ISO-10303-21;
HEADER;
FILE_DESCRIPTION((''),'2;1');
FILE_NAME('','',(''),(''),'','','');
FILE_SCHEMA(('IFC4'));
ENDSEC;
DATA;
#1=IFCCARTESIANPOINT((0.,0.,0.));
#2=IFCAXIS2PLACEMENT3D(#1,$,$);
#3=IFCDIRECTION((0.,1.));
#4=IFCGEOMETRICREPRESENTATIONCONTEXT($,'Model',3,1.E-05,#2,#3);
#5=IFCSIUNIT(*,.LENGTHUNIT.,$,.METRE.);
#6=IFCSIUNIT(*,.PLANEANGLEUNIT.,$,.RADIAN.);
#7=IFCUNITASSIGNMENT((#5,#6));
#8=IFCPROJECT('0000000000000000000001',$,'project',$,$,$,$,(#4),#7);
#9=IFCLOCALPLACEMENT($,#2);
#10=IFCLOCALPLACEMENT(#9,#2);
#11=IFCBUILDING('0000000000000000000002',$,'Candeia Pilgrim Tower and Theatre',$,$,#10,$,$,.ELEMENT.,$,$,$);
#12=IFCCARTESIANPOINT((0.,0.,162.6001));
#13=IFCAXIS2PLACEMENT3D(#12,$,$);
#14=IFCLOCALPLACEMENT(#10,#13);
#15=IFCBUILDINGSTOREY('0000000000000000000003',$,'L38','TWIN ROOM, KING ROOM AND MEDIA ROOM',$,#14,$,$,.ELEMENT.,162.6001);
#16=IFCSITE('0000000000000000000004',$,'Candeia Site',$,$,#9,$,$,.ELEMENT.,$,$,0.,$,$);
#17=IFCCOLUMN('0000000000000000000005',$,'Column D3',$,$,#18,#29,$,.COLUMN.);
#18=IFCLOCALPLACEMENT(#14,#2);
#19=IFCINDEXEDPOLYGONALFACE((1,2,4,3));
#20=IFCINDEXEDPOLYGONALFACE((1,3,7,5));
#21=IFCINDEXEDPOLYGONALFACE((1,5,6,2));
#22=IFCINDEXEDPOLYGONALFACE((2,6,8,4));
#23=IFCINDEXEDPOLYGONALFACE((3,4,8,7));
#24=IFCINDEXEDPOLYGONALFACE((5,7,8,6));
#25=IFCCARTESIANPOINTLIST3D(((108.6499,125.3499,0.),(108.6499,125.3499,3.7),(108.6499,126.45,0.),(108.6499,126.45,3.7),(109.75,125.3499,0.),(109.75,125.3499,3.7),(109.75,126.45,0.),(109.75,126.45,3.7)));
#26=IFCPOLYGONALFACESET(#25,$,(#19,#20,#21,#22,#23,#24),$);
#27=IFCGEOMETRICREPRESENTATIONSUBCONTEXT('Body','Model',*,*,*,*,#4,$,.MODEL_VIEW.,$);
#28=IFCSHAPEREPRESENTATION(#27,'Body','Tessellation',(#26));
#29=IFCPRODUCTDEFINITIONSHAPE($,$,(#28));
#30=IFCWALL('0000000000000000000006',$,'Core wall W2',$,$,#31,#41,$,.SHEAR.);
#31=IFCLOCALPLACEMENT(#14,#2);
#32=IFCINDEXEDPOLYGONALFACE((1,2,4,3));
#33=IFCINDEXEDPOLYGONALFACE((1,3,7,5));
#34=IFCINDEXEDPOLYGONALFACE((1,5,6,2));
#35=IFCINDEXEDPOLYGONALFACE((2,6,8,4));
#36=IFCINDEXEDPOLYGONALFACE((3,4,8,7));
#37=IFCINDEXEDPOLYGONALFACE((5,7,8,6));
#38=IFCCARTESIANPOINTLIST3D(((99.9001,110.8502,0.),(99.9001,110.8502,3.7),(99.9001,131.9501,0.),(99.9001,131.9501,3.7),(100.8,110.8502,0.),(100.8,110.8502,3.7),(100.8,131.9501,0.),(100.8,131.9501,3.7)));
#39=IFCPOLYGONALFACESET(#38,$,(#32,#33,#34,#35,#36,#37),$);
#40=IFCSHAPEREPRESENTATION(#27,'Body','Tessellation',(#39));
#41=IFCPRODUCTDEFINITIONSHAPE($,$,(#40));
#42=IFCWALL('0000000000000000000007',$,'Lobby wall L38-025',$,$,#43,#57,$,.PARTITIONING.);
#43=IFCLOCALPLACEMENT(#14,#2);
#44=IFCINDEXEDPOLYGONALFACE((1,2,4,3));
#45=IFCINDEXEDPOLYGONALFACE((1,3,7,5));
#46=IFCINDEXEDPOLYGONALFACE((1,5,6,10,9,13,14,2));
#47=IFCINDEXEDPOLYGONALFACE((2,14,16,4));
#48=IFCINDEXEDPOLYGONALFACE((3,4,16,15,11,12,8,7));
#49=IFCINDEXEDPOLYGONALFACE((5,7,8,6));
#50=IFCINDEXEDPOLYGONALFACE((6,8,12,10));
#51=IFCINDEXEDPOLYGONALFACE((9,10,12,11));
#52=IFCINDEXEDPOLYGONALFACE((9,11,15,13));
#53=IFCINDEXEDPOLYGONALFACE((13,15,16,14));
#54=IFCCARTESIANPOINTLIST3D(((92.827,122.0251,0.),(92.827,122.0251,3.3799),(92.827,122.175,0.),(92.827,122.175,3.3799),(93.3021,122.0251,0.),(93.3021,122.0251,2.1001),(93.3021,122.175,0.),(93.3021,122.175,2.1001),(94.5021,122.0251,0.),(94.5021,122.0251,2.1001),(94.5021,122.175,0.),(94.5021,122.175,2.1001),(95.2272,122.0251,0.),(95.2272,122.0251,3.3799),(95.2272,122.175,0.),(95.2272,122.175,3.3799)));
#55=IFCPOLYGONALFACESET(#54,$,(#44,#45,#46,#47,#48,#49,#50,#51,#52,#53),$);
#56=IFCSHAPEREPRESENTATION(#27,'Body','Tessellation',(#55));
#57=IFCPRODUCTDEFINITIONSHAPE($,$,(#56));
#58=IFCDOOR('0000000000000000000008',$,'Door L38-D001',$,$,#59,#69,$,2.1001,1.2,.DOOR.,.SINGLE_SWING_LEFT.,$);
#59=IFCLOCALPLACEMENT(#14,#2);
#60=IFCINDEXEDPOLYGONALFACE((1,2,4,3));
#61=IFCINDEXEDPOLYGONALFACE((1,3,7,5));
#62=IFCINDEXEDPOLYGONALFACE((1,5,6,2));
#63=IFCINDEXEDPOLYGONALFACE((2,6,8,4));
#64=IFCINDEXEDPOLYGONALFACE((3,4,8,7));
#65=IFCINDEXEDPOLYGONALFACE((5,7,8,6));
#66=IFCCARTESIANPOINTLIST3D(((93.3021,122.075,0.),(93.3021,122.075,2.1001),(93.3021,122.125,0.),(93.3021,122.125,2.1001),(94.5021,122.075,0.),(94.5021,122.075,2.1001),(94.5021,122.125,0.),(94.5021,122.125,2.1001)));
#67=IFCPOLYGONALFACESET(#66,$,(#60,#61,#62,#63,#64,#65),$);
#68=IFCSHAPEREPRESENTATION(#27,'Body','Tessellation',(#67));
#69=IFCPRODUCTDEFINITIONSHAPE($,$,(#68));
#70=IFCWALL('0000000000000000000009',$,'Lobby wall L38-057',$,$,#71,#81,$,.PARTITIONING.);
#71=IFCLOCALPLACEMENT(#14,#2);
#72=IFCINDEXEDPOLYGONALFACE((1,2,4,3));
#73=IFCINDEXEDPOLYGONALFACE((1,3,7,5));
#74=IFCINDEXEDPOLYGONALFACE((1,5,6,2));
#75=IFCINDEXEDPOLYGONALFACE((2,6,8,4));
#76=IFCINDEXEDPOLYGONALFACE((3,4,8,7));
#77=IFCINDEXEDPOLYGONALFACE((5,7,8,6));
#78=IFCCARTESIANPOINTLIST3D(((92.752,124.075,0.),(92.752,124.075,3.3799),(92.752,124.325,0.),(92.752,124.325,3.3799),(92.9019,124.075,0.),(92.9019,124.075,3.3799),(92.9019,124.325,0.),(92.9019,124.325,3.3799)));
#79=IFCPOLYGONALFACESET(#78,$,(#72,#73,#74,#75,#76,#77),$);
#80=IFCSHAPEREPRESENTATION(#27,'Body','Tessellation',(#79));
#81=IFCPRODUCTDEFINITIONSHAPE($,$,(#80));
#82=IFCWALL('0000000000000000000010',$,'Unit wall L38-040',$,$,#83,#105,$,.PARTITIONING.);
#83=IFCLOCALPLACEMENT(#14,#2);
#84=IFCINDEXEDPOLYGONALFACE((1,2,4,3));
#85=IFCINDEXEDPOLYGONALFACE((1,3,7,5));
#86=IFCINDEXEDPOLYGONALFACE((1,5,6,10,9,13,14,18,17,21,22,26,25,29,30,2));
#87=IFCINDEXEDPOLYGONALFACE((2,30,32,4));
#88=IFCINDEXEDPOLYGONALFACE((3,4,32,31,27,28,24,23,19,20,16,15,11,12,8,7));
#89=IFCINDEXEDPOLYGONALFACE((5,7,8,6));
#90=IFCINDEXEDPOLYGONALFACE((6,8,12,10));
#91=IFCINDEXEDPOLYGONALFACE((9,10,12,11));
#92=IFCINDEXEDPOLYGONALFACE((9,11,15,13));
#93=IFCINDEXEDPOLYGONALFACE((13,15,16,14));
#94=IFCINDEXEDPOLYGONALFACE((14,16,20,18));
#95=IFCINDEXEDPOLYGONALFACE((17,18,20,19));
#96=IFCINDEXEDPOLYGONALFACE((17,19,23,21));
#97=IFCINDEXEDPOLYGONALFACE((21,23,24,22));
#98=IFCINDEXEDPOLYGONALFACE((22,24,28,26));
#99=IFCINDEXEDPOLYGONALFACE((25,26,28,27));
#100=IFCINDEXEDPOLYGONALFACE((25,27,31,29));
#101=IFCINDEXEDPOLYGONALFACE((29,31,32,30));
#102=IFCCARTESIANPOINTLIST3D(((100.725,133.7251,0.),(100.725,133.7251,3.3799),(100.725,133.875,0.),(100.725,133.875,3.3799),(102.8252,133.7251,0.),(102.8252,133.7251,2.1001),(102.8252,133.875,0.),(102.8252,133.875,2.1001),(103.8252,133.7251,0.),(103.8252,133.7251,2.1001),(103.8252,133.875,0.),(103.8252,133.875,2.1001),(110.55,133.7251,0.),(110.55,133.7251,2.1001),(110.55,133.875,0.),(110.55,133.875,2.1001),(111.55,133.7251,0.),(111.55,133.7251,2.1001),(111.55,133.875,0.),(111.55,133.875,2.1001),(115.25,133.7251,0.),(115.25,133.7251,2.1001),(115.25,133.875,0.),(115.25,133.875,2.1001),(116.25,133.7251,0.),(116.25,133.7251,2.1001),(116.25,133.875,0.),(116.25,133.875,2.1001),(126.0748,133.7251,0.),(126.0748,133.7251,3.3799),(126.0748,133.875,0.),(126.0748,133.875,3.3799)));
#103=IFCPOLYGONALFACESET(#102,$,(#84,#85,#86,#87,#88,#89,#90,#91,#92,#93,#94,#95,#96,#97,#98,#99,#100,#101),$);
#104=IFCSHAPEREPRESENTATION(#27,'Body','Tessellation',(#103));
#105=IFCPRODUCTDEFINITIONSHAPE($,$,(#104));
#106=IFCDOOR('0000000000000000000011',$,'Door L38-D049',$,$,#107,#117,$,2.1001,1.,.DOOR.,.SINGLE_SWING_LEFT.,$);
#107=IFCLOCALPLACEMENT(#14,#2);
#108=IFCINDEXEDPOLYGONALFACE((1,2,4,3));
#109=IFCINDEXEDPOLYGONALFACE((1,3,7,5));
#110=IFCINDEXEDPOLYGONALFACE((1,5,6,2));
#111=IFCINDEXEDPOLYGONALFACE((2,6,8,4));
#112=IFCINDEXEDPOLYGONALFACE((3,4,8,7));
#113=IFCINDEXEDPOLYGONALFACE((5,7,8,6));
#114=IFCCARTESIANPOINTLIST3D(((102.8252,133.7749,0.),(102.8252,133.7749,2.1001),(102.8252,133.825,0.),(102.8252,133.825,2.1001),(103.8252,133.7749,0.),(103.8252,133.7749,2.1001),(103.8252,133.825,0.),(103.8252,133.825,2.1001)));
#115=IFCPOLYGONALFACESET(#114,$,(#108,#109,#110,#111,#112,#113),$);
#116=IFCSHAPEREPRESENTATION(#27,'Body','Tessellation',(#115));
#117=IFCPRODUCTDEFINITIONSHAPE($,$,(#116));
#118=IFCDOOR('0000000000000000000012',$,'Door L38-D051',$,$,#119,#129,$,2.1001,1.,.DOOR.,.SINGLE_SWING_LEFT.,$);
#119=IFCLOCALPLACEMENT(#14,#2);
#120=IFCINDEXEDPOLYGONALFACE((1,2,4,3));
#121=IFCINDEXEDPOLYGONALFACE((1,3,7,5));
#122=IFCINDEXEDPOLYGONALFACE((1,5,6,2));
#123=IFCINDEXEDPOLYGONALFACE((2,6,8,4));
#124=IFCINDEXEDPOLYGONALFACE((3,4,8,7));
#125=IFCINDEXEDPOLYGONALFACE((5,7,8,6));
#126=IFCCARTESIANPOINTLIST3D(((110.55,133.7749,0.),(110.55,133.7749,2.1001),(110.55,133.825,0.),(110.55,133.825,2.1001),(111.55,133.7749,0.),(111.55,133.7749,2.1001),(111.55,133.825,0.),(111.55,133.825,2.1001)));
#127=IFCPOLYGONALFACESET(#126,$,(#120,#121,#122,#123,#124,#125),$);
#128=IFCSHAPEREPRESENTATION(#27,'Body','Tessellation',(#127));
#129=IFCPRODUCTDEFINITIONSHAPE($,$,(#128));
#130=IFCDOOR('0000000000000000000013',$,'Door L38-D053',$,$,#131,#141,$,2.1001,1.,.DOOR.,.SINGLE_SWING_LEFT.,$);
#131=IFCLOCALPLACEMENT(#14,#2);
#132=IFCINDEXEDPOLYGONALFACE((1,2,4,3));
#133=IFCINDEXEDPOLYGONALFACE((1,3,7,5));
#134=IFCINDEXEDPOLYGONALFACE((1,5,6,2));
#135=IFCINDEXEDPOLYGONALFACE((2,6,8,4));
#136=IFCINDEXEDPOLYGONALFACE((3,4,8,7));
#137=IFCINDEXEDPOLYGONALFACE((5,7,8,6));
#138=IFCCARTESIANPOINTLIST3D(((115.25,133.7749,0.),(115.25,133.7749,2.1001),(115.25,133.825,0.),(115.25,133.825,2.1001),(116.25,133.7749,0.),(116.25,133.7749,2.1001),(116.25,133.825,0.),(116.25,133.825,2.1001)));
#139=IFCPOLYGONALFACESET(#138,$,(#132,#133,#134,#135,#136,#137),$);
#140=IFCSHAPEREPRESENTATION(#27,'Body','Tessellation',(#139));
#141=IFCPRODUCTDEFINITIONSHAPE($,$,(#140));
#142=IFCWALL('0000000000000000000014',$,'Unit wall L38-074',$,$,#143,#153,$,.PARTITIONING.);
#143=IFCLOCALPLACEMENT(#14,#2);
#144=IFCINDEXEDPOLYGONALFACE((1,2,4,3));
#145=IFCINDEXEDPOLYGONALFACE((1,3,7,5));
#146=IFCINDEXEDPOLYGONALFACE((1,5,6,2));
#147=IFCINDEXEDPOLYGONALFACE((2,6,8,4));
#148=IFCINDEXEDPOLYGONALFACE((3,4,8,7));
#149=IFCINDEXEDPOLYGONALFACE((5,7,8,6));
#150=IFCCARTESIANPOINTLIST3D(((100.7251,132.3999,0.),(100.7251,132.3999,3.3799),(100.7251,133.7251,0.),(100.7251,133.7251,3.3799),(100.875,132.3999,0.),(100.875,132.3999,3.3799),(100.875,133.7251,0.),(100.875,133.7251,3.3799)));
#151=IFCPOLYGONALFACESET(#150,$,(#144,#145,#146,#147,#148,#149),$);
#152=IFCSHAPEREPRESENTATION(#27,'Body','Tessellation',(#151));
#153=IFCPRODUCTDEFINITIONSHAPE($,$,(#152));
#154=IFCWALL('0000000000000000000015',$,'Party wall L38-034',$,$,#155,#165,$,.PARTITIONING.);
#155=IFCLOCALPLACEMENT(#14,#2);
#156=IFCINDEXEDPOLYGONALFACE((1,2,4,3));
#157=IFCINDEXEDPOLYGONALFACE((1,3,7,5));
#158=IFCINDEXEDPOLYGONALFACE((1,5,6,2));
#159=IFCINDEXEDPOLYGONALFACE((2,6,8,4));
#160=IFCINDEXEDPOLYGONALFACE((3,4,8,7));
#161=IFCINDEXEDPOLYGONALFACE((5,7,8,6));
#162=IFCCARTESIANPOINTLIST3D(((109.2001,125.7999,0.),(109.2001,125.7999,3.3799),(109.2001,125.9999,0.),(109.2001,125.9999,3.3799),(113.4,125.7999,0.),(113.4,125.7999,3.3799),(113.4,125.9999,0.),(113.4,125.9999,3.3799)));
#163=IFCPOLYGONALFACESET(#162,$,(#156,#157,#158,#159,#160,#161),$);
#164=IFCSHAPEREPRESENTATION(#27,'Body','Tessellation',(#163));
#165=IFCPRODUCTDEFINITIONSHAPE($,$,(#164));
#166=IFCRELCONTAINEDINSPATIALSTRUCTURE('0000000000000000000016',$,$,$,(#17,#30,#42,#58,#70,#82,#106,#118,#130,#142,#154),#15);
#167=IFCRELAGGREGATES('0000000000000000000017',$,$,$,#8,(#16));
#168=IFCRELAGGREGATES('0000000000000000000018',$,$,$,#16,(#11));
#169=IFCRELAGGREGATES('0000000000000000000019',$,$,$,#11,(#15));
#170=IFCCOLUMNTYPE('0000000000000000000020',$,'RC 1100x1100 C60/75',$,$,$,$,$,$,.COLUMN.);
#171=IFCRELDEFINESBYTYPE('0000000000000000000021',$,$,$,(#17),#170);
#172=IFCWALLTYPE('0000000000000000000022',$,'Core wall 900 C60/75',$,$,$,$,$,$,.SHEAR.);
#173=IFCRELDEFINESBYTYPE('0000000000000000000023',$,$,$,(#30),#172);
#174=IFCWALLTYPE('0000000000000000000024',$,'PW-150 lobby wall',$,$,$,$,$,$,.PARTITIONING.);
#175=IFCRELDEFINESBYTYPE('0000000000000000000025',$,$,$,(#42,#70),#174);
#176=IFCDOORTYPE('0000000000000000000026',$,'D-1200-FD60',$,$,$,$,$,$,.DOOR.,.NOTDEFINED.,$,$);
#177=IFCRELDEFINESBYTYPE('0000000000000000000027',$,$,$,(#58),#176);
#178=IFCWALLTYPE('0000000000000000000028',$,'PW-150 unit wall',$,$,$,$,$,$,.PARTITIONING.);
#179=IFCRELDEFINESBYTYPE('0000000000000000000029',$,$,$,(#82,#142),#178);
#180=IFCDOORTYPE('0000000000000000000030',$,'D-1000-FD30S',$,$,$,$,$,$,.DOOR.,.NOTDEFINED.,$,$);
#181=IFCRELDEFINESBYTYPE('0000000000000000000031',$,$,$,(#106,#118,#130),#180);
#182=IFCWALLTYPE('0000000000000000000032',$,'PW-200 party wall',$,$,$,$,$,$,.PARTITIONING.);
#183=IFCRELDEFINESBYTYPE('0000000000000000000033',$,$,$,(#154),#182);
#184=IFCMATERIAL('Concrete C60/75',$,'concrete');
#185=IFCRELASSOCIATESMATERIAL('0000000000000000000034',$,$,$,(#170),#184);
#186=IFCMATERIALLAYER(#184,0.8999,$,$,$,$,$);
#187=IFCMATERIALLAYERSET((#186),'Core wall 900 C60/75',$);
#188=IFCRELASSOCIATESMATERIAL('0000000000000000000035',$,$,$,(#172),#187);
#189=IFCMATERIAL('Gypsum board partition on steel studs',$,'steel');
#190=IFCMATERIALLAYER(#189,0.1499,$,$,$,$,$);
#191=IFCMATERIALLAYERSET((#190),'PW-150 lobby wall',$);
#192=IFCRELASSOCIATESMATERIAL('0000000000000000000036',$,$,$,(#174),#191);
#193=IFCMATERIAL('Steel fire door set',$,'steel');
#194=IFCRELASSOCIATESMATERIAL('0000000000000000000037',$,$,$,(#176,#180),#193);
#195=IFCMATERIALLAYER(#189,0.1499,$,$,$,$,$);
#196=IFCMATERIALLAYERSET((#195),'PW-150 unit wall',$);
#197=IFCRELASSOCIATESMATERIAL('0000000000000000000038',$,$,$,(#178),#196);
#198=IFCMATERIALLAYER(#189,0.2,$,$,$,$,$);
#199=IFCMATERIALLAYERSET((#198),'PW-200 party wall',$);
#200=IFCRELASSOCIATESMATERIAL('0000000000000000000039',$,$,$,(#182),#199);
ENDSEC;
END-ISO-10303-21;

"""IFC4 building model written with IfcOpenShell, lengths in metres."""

from ifc_helpers import new_model, si_unit, direction, frame, frame_2d, origin, origin_2d, place, context, subcontext, project, spatial, rectangle, extrude, material, layer, layer_set, material_profile, profile_set, type_object, element, fill, save


model = new_model("IFC4")

# Units and contexts
model_context = context("Model", 3, precision=1e-05, world=origin(), true_north=direction((0.0, 1.0)))
body_context = subcontext(model_context, "Body", "Model", "MODEL_VIEW")
ifc_project = project(units=[si_unit("LENGTHUNIT", "METRE"), si_unit("PLANEANGLEUNIT", "RADIAN")], contexts=[model_context])

# Site, building, storey
site_placement = place(None, origin())
site = spatial("IfcSite", under=ifc_project, at=site_placement, Name="Candeia Site", CompositionType="ELEMENT", RefElevation=0.0)
building_placement = place(site_placement, origin())
building = spatial("IfcBuilding", under=site, at=building_placement, Name="Candeia Pilgrim Tower and Theatre", CompositionType="ELEMENT")
storey_placement = place(building_placement, frame((0.0, 0.0, 162.6001)))
storey = spatial("IfcBuildingStorey", under=building, at=storey_placement, Name="L38", Description="TWIN ROOM, KING ROOM AND MEDIA ROOM", CompositionType="ELEMENT", Elevation=162.6001)

# Column
ifc_material_1 = material(Name="Concrete C60/75", Category="concrete")
ifc_material_profile = material_profile(ifc_material_1, rectangle(XDim=1.1001, YDim=1.1001, at=origin_2d()))
ifc_profile_set = profile_set([ifc_material_profile], Name="Concrete C60/75")
column_type = type_object("IfcColumnType", Name="RC 1100x1100 C60/75", PredefinedType="COLUMN", material=ifc_profile_set)
column_placement = place(storey_placement, frame((109.2, 125.8999, 0.0), z_axis=(0.0, 0.0, 1.0), x_axis=(1.0, 0.0, 0.0)))
element("IfcColumn", 1, at=column_placement, inside=storey, type_object=column_type, Name="Column D3", PredefinedType="COLUMN", context=body_context, shape_type="SweptSolid", body=[
    extrude(rectangle(XDim=1.1001, YDim=1.1001, at=origin_2d()), origin(), (0.0, 0.0, 1.0), 3.7),
])

# Wall
ifc_layer_1 = layer(ifc_material_1, 0.8999)
ifc_layer_set_1 = layer_set([ifc_layer_1], Name="Core wall 900 C60/75")
wall_type_1 = type_object("IfcWallType", Name="Core wall 900 C60/75", PredefinedType="SHEAR", material=ifc_layer_set_1)
wall_1_placement = place(storey_placement, frame((100.3501, 131.95, 0.0), z_axis=(0.0, 0.0, 1.0), x_axis=(0.0, -1.0, 0.0)))
element("IfcWall", 2, at=wall_1_placement, inside=storey, type_object=wall_type_1, Name="Core wall W2", PredefinedType="SHEAR", context=body_context, shape_type="SweptSolid", body=[
    extrude(rectangle(XDim=21.0999, YDim=0.8999, at=frame_2d((10.5498, 0.0))), origin(), (0.0, 0.0, 1.0), 3.7),
])

# Wall, opening, door
ifc_material_2 = material(Name="Gypsum board partition on steel studs", Category="steel")
ifc_layer_2 = layer(ifc_material_2, 0.1499)
ifc_layer_set_2 = layer_set([ifc_layer_2], Name="PW-150 lobby wall")
wall_type_2 = type_object("IfcWallType", Name="PW-150 lobby wall", PredefinedType="PARTITIONING", material=ifc_layer_set_2)
wall_2_placement = place(storey_placement, frame((92.8269, 122.1001, 0.0), z_axis=(0.0, 0.0, 1.0), x_axis=(1.0, 0.0, 0.0)))
wall_2 = element("IfcWall", 3, at=wall_2_placement, inside=storey, type_object=wall_type_2, Name="Lobby wall L38-025", PredefinedType="PARTITIONING", context=body_context, shape_type="SweptSolid", body=[
    extrude(rectangle(XDim=2.4001, YDim=0.1499, at=frame_2d((1.2002, 0.0))), origin(), (0.0, 0.0, 1.0), 3.3799),
])
opening_1_placement = place(wall_2_placement, frame((0.4751, 0.0, 0.0)))
opening_1 = element("IfcOpeningElement", 4, at=opening_1_placement, cuts=wall_2, PredefinedType="OPENING", context=body_context, shape_type="SweptSolid", body=[
    extrude(rectangle(XDim=1.2, YDim=2.1001, at=frame_2d((0.6001, 1.05))), frame((0.0, 0.085, 0.0), z_axis=(0.0, -1.0, 0.0), x_axis=(1.0, 0.0, 0.0)), (0.0, 0.0, 1.0), 0.1699),
])
ifc_material_3 = material(Name="Steel fire door set", Category="steel")
door_type_1 = type_object("IfcDoorType", Name="D-1200-FD60", OperationType="NOTDEFINED", PredefinedType="DOOR", material=ifc_material_3)
door_1_placement = place(opening_1_placement, origin())
door_1 = element("IfcDoor", 5, at=door_1_placement, inside=storey, type_object=door_type_1, Name="Door L38-D001", OperationType="SINGLE_SWING_LEFT", OverallHeight=2.1001, OverallWidth=1.2, PredefinedType="DOOR", context=body_context, shape_type="SweptSolid", body=[
    extrude(rectangle(XDim=1.2, YDim=2.1001, at=frame_2d((0.6001, 1.05))), frame((0.0, 0.0249, 0.0), z_axis=(0.0, -1.0, 0.0), x_axis=(1.0, 0.0, 0.0)), (0.0, 0.0, 1.0), 0.05),
])
fill(opening_1, door_1)

# Wall
wall_3_placement = place(storey_placement, frame((92.8269, 124.075, 0.0), z_axis=(0.0, 0.0, 1.0), x_axis=(0.0, 1.0, 0.0)))
element("IfcWall", 6, at=wall_3_placement, inside=storey, type_object=wall_type_2, Name="Lobby wall L38-057", PredefinedType="PARTITIONING", context=body_context, shape_type="SweptSolid", body=[
    extrude(rectangle(XDim=0.25, YDim=0.1499, at=frame_2d((0.125, 0.0))), origin(), (0.0, 0.0, 1.0), 3.3799),
])

# Wall, openings, doors
ifc_layer_3 = layer(ifc_material_2, 0.1499)
ifc_layer_set_3 = layer_set([ifc_layer_3], Name="PW-150 unit wall")
wall_type_3 = type_object("IfcWallType", Name="PW-150 unit wall", PredefinedType="PARTITIONING", material=ifc_layer_set_3)
wall_4_placement = place(storey_placement, frame((100.7251, 133.8, 0.0), z_axis=(0.0, 0.0, 1.0), x_axis=(1.0, 0.0, 0.0)))
wall_4 = element("IfcWall", 7, at=wall_4_placement, inside=storey, type_object=wall_type_3, Name="Unit wall L38-040", PredefinedType="PARTITIONING", context=body_context, shape_type="SweptSolid", body=[
    extrude(rectangle(XDim=25.3499, YDim=0.1499, at=frame_2d((12.6748, 0.0))), origin(), (0.0, 0.0, 1.0), 3.3799),
])
opening_2_placement = place(wall_4_placement, frame((2.1001, 0.0, 0.0)))
opening_2 = element("IfcOpeningElement", 8, at=opening_2_placement, cuts=wall_4, PredefinedType="OPENING", context=body_context, shape_type="SweptSolid", body=[
    extrude(rectangle(XDim=1.0, YDim=2.1001, at=frame_2d((0.5, 1.05))), frame((0.0, 0.085, 0.0), z_axis=(0.0, -1.0, 0.0), x_axis=(1.0, 0.0, 0.0)), (0.0, 0.0, 1.0), 0.1699),
])
opening_3_placement = place(wall_4_placement, frame((9.825, 0.0, 0.0)))
opening_3 = element("IfcOpeningElement", 9, at=opening_3_placement, cuts=wall_4, PredefinedType="OPENING", context=body_context, shape_type="SweptSolid", body=[
    extrude(rectangle(XDim=1.0, YDim=2.1001, at=frame_2d((0.5, 1.05))), frame((0.0, 0.085, 0.0), z_axis=(0.0, -1.0, 0.0), x_axis=(1.0, 0.0, 0.0)), (0.0, 0.0, 1.0), 0.1699),
])
opening_4_placement = place(wall_4_placement, frame((14.5249, 0.0, 0.0)))
opening_4 = element("IfcOpeningElement", 10, at=opening_4_placement, cuts=wall_4, PredefinedType="OPENING", context=body_context, shape_type="SweptSolid", body=[
    extrude(rectangle(XDim=1.0, YDim=2.1001, at=frame_2d((0.5, 1.05))), frame((0.0, 0.085, 0.0), z_axis=(0.0, -1.0, 0.0), x_axis=(1.0, 0.0, 0.0)), (0.0, 0.0, 1.0), 0.1699),
])
door_type_2 = type_object("IfcDoorType", Name="D-1000-FD30S", OperationType="NOTDEFINED", PredefinedType="DOOR", material=ifc_material_3)
door_2_placement = place(opening_2_placement, origin())
door_2 = element("IfcDoor", 11, at=door_2_placement, inside=storey, type_object=door_type_2, Name="Door L38-D049", OperationType="SINGLE_SWING_LEFT", OverallHeight=2.1001, OverallWidth=1.0, PredefinedType="DOOR", context=body_context, shape_type="SweptSolid", body=[
    extrude(rectangle(XDim=1.0, YDim=2.1001, at=frame_2d((0.5, 1.05))), frame((0.0, 0.0249, 0.0), z_axis=(0.0, -1.0, 0.0), x_axis=(1.0, 0.0, 0.0)), (0.0, 0.0, 1.0), 0.05),
])
fill(opening_2, door_2)
door_3_placement = place(opening_3_placement, origin())
door_3 = element("IfcDoor", 12, at=door_3_placement, inside=storey, type_object=door_type_2, Name="Door L38-D051", OperationType="SINGLE_SWING_LEFT", OverallHeight=2.1001, OverallWidth=1.0, PredefinedType="DOOR", context=body_context, shape_type="SweptSolid", body=[
    extrude(rectangle(XDim=1.0, YDim=2.1001, at=frame_2d((0.5, 1.05))), frame((0.0, 0.0249, 0.0), z_axis=(0.0, -1.0, 0.0), x_axis=(1.0, 0.0, 0.0)), (0.0, 0.0, 1.0), 0.05),
])
fill(opening_3, door_3)
door_4_placement = place(opening_4_placement, origin())
door_4 = element("IfcDoor", 13, at=door_4_placement, inside=storey, type_object=door_type_2, Name="Door L38-D053", OperationType="SINGLE_SWING_LEFT", OverallHeight=2.1001, OverallWidth=1.0, PredefinedType="DOOR", context=body_context, shape_type="SweptSolid", body=[
    extrude(rectangle(XDim=1.0, YDim=2.1001, at=frame_2d((0.5, 1.05))), frame((0.0, 0.0249, 0.0), z_axis=(0.0, -1.0, 0.0), x_axis=(1.0, 0.0, 0.0)), (0.0, 0.0, 1.0), 0.05),
])
fill(opening_4, door_4)

# Walls
wall_5_placement = place(storey_placement, frame((100.8, 132.3999, 0.0), z_axis=(0.0, 0.0, 1.0), x_axis=(0.0, 1.0, 0.0)))
element("IfcWall", 14, at=wall_5_placement, inside=storey, type_object=wall_type_3, Name="Unit wall L38-074", PredefinedType="PARTITIONING", context=body_context, shape_type="SweptSolid", body=[
    extrude(rectangle(XDim=1.3252, YDim=0.1499, at=frame_2d((0.6626, 0.0))), origin(), (0.0, 0.0, 1.0), 3.3799),
])
ifc_layer_4 = layer(ifc_material_2, 0.2)
ifc_layer_set_4 = layer_set([ifc_layer_4], Name="PW-200 party wall")
wall_type_4 = type_object("IfcWallType", Name="PW-200 party wall", PredefinedType="PARTITIONING", material=ifc_layer_set_4)
wall_6_placement = place(storey_placement, frame((109.2, 125.8999, 0.0), z_axis=(0.0, 0.0, 1.0), x_axis=(1.0, 0.0, 0.0)))
element("IfcWall", 15, at=wall_6_placement, inside=storey, type_object=wall_type_4, Name="Party wall L38-034", PredefinedType="PARTITIONING", context=body_context, shape_type="SweptSolid", body=[
    extrude(rectangle(XDim=4.2, YDim=0.2, at=frame_2d((2.1001, 0.0))), origin(), (0.0, 0.0, 1.0), 3.3799),
])

save(model, "model.ifc")
